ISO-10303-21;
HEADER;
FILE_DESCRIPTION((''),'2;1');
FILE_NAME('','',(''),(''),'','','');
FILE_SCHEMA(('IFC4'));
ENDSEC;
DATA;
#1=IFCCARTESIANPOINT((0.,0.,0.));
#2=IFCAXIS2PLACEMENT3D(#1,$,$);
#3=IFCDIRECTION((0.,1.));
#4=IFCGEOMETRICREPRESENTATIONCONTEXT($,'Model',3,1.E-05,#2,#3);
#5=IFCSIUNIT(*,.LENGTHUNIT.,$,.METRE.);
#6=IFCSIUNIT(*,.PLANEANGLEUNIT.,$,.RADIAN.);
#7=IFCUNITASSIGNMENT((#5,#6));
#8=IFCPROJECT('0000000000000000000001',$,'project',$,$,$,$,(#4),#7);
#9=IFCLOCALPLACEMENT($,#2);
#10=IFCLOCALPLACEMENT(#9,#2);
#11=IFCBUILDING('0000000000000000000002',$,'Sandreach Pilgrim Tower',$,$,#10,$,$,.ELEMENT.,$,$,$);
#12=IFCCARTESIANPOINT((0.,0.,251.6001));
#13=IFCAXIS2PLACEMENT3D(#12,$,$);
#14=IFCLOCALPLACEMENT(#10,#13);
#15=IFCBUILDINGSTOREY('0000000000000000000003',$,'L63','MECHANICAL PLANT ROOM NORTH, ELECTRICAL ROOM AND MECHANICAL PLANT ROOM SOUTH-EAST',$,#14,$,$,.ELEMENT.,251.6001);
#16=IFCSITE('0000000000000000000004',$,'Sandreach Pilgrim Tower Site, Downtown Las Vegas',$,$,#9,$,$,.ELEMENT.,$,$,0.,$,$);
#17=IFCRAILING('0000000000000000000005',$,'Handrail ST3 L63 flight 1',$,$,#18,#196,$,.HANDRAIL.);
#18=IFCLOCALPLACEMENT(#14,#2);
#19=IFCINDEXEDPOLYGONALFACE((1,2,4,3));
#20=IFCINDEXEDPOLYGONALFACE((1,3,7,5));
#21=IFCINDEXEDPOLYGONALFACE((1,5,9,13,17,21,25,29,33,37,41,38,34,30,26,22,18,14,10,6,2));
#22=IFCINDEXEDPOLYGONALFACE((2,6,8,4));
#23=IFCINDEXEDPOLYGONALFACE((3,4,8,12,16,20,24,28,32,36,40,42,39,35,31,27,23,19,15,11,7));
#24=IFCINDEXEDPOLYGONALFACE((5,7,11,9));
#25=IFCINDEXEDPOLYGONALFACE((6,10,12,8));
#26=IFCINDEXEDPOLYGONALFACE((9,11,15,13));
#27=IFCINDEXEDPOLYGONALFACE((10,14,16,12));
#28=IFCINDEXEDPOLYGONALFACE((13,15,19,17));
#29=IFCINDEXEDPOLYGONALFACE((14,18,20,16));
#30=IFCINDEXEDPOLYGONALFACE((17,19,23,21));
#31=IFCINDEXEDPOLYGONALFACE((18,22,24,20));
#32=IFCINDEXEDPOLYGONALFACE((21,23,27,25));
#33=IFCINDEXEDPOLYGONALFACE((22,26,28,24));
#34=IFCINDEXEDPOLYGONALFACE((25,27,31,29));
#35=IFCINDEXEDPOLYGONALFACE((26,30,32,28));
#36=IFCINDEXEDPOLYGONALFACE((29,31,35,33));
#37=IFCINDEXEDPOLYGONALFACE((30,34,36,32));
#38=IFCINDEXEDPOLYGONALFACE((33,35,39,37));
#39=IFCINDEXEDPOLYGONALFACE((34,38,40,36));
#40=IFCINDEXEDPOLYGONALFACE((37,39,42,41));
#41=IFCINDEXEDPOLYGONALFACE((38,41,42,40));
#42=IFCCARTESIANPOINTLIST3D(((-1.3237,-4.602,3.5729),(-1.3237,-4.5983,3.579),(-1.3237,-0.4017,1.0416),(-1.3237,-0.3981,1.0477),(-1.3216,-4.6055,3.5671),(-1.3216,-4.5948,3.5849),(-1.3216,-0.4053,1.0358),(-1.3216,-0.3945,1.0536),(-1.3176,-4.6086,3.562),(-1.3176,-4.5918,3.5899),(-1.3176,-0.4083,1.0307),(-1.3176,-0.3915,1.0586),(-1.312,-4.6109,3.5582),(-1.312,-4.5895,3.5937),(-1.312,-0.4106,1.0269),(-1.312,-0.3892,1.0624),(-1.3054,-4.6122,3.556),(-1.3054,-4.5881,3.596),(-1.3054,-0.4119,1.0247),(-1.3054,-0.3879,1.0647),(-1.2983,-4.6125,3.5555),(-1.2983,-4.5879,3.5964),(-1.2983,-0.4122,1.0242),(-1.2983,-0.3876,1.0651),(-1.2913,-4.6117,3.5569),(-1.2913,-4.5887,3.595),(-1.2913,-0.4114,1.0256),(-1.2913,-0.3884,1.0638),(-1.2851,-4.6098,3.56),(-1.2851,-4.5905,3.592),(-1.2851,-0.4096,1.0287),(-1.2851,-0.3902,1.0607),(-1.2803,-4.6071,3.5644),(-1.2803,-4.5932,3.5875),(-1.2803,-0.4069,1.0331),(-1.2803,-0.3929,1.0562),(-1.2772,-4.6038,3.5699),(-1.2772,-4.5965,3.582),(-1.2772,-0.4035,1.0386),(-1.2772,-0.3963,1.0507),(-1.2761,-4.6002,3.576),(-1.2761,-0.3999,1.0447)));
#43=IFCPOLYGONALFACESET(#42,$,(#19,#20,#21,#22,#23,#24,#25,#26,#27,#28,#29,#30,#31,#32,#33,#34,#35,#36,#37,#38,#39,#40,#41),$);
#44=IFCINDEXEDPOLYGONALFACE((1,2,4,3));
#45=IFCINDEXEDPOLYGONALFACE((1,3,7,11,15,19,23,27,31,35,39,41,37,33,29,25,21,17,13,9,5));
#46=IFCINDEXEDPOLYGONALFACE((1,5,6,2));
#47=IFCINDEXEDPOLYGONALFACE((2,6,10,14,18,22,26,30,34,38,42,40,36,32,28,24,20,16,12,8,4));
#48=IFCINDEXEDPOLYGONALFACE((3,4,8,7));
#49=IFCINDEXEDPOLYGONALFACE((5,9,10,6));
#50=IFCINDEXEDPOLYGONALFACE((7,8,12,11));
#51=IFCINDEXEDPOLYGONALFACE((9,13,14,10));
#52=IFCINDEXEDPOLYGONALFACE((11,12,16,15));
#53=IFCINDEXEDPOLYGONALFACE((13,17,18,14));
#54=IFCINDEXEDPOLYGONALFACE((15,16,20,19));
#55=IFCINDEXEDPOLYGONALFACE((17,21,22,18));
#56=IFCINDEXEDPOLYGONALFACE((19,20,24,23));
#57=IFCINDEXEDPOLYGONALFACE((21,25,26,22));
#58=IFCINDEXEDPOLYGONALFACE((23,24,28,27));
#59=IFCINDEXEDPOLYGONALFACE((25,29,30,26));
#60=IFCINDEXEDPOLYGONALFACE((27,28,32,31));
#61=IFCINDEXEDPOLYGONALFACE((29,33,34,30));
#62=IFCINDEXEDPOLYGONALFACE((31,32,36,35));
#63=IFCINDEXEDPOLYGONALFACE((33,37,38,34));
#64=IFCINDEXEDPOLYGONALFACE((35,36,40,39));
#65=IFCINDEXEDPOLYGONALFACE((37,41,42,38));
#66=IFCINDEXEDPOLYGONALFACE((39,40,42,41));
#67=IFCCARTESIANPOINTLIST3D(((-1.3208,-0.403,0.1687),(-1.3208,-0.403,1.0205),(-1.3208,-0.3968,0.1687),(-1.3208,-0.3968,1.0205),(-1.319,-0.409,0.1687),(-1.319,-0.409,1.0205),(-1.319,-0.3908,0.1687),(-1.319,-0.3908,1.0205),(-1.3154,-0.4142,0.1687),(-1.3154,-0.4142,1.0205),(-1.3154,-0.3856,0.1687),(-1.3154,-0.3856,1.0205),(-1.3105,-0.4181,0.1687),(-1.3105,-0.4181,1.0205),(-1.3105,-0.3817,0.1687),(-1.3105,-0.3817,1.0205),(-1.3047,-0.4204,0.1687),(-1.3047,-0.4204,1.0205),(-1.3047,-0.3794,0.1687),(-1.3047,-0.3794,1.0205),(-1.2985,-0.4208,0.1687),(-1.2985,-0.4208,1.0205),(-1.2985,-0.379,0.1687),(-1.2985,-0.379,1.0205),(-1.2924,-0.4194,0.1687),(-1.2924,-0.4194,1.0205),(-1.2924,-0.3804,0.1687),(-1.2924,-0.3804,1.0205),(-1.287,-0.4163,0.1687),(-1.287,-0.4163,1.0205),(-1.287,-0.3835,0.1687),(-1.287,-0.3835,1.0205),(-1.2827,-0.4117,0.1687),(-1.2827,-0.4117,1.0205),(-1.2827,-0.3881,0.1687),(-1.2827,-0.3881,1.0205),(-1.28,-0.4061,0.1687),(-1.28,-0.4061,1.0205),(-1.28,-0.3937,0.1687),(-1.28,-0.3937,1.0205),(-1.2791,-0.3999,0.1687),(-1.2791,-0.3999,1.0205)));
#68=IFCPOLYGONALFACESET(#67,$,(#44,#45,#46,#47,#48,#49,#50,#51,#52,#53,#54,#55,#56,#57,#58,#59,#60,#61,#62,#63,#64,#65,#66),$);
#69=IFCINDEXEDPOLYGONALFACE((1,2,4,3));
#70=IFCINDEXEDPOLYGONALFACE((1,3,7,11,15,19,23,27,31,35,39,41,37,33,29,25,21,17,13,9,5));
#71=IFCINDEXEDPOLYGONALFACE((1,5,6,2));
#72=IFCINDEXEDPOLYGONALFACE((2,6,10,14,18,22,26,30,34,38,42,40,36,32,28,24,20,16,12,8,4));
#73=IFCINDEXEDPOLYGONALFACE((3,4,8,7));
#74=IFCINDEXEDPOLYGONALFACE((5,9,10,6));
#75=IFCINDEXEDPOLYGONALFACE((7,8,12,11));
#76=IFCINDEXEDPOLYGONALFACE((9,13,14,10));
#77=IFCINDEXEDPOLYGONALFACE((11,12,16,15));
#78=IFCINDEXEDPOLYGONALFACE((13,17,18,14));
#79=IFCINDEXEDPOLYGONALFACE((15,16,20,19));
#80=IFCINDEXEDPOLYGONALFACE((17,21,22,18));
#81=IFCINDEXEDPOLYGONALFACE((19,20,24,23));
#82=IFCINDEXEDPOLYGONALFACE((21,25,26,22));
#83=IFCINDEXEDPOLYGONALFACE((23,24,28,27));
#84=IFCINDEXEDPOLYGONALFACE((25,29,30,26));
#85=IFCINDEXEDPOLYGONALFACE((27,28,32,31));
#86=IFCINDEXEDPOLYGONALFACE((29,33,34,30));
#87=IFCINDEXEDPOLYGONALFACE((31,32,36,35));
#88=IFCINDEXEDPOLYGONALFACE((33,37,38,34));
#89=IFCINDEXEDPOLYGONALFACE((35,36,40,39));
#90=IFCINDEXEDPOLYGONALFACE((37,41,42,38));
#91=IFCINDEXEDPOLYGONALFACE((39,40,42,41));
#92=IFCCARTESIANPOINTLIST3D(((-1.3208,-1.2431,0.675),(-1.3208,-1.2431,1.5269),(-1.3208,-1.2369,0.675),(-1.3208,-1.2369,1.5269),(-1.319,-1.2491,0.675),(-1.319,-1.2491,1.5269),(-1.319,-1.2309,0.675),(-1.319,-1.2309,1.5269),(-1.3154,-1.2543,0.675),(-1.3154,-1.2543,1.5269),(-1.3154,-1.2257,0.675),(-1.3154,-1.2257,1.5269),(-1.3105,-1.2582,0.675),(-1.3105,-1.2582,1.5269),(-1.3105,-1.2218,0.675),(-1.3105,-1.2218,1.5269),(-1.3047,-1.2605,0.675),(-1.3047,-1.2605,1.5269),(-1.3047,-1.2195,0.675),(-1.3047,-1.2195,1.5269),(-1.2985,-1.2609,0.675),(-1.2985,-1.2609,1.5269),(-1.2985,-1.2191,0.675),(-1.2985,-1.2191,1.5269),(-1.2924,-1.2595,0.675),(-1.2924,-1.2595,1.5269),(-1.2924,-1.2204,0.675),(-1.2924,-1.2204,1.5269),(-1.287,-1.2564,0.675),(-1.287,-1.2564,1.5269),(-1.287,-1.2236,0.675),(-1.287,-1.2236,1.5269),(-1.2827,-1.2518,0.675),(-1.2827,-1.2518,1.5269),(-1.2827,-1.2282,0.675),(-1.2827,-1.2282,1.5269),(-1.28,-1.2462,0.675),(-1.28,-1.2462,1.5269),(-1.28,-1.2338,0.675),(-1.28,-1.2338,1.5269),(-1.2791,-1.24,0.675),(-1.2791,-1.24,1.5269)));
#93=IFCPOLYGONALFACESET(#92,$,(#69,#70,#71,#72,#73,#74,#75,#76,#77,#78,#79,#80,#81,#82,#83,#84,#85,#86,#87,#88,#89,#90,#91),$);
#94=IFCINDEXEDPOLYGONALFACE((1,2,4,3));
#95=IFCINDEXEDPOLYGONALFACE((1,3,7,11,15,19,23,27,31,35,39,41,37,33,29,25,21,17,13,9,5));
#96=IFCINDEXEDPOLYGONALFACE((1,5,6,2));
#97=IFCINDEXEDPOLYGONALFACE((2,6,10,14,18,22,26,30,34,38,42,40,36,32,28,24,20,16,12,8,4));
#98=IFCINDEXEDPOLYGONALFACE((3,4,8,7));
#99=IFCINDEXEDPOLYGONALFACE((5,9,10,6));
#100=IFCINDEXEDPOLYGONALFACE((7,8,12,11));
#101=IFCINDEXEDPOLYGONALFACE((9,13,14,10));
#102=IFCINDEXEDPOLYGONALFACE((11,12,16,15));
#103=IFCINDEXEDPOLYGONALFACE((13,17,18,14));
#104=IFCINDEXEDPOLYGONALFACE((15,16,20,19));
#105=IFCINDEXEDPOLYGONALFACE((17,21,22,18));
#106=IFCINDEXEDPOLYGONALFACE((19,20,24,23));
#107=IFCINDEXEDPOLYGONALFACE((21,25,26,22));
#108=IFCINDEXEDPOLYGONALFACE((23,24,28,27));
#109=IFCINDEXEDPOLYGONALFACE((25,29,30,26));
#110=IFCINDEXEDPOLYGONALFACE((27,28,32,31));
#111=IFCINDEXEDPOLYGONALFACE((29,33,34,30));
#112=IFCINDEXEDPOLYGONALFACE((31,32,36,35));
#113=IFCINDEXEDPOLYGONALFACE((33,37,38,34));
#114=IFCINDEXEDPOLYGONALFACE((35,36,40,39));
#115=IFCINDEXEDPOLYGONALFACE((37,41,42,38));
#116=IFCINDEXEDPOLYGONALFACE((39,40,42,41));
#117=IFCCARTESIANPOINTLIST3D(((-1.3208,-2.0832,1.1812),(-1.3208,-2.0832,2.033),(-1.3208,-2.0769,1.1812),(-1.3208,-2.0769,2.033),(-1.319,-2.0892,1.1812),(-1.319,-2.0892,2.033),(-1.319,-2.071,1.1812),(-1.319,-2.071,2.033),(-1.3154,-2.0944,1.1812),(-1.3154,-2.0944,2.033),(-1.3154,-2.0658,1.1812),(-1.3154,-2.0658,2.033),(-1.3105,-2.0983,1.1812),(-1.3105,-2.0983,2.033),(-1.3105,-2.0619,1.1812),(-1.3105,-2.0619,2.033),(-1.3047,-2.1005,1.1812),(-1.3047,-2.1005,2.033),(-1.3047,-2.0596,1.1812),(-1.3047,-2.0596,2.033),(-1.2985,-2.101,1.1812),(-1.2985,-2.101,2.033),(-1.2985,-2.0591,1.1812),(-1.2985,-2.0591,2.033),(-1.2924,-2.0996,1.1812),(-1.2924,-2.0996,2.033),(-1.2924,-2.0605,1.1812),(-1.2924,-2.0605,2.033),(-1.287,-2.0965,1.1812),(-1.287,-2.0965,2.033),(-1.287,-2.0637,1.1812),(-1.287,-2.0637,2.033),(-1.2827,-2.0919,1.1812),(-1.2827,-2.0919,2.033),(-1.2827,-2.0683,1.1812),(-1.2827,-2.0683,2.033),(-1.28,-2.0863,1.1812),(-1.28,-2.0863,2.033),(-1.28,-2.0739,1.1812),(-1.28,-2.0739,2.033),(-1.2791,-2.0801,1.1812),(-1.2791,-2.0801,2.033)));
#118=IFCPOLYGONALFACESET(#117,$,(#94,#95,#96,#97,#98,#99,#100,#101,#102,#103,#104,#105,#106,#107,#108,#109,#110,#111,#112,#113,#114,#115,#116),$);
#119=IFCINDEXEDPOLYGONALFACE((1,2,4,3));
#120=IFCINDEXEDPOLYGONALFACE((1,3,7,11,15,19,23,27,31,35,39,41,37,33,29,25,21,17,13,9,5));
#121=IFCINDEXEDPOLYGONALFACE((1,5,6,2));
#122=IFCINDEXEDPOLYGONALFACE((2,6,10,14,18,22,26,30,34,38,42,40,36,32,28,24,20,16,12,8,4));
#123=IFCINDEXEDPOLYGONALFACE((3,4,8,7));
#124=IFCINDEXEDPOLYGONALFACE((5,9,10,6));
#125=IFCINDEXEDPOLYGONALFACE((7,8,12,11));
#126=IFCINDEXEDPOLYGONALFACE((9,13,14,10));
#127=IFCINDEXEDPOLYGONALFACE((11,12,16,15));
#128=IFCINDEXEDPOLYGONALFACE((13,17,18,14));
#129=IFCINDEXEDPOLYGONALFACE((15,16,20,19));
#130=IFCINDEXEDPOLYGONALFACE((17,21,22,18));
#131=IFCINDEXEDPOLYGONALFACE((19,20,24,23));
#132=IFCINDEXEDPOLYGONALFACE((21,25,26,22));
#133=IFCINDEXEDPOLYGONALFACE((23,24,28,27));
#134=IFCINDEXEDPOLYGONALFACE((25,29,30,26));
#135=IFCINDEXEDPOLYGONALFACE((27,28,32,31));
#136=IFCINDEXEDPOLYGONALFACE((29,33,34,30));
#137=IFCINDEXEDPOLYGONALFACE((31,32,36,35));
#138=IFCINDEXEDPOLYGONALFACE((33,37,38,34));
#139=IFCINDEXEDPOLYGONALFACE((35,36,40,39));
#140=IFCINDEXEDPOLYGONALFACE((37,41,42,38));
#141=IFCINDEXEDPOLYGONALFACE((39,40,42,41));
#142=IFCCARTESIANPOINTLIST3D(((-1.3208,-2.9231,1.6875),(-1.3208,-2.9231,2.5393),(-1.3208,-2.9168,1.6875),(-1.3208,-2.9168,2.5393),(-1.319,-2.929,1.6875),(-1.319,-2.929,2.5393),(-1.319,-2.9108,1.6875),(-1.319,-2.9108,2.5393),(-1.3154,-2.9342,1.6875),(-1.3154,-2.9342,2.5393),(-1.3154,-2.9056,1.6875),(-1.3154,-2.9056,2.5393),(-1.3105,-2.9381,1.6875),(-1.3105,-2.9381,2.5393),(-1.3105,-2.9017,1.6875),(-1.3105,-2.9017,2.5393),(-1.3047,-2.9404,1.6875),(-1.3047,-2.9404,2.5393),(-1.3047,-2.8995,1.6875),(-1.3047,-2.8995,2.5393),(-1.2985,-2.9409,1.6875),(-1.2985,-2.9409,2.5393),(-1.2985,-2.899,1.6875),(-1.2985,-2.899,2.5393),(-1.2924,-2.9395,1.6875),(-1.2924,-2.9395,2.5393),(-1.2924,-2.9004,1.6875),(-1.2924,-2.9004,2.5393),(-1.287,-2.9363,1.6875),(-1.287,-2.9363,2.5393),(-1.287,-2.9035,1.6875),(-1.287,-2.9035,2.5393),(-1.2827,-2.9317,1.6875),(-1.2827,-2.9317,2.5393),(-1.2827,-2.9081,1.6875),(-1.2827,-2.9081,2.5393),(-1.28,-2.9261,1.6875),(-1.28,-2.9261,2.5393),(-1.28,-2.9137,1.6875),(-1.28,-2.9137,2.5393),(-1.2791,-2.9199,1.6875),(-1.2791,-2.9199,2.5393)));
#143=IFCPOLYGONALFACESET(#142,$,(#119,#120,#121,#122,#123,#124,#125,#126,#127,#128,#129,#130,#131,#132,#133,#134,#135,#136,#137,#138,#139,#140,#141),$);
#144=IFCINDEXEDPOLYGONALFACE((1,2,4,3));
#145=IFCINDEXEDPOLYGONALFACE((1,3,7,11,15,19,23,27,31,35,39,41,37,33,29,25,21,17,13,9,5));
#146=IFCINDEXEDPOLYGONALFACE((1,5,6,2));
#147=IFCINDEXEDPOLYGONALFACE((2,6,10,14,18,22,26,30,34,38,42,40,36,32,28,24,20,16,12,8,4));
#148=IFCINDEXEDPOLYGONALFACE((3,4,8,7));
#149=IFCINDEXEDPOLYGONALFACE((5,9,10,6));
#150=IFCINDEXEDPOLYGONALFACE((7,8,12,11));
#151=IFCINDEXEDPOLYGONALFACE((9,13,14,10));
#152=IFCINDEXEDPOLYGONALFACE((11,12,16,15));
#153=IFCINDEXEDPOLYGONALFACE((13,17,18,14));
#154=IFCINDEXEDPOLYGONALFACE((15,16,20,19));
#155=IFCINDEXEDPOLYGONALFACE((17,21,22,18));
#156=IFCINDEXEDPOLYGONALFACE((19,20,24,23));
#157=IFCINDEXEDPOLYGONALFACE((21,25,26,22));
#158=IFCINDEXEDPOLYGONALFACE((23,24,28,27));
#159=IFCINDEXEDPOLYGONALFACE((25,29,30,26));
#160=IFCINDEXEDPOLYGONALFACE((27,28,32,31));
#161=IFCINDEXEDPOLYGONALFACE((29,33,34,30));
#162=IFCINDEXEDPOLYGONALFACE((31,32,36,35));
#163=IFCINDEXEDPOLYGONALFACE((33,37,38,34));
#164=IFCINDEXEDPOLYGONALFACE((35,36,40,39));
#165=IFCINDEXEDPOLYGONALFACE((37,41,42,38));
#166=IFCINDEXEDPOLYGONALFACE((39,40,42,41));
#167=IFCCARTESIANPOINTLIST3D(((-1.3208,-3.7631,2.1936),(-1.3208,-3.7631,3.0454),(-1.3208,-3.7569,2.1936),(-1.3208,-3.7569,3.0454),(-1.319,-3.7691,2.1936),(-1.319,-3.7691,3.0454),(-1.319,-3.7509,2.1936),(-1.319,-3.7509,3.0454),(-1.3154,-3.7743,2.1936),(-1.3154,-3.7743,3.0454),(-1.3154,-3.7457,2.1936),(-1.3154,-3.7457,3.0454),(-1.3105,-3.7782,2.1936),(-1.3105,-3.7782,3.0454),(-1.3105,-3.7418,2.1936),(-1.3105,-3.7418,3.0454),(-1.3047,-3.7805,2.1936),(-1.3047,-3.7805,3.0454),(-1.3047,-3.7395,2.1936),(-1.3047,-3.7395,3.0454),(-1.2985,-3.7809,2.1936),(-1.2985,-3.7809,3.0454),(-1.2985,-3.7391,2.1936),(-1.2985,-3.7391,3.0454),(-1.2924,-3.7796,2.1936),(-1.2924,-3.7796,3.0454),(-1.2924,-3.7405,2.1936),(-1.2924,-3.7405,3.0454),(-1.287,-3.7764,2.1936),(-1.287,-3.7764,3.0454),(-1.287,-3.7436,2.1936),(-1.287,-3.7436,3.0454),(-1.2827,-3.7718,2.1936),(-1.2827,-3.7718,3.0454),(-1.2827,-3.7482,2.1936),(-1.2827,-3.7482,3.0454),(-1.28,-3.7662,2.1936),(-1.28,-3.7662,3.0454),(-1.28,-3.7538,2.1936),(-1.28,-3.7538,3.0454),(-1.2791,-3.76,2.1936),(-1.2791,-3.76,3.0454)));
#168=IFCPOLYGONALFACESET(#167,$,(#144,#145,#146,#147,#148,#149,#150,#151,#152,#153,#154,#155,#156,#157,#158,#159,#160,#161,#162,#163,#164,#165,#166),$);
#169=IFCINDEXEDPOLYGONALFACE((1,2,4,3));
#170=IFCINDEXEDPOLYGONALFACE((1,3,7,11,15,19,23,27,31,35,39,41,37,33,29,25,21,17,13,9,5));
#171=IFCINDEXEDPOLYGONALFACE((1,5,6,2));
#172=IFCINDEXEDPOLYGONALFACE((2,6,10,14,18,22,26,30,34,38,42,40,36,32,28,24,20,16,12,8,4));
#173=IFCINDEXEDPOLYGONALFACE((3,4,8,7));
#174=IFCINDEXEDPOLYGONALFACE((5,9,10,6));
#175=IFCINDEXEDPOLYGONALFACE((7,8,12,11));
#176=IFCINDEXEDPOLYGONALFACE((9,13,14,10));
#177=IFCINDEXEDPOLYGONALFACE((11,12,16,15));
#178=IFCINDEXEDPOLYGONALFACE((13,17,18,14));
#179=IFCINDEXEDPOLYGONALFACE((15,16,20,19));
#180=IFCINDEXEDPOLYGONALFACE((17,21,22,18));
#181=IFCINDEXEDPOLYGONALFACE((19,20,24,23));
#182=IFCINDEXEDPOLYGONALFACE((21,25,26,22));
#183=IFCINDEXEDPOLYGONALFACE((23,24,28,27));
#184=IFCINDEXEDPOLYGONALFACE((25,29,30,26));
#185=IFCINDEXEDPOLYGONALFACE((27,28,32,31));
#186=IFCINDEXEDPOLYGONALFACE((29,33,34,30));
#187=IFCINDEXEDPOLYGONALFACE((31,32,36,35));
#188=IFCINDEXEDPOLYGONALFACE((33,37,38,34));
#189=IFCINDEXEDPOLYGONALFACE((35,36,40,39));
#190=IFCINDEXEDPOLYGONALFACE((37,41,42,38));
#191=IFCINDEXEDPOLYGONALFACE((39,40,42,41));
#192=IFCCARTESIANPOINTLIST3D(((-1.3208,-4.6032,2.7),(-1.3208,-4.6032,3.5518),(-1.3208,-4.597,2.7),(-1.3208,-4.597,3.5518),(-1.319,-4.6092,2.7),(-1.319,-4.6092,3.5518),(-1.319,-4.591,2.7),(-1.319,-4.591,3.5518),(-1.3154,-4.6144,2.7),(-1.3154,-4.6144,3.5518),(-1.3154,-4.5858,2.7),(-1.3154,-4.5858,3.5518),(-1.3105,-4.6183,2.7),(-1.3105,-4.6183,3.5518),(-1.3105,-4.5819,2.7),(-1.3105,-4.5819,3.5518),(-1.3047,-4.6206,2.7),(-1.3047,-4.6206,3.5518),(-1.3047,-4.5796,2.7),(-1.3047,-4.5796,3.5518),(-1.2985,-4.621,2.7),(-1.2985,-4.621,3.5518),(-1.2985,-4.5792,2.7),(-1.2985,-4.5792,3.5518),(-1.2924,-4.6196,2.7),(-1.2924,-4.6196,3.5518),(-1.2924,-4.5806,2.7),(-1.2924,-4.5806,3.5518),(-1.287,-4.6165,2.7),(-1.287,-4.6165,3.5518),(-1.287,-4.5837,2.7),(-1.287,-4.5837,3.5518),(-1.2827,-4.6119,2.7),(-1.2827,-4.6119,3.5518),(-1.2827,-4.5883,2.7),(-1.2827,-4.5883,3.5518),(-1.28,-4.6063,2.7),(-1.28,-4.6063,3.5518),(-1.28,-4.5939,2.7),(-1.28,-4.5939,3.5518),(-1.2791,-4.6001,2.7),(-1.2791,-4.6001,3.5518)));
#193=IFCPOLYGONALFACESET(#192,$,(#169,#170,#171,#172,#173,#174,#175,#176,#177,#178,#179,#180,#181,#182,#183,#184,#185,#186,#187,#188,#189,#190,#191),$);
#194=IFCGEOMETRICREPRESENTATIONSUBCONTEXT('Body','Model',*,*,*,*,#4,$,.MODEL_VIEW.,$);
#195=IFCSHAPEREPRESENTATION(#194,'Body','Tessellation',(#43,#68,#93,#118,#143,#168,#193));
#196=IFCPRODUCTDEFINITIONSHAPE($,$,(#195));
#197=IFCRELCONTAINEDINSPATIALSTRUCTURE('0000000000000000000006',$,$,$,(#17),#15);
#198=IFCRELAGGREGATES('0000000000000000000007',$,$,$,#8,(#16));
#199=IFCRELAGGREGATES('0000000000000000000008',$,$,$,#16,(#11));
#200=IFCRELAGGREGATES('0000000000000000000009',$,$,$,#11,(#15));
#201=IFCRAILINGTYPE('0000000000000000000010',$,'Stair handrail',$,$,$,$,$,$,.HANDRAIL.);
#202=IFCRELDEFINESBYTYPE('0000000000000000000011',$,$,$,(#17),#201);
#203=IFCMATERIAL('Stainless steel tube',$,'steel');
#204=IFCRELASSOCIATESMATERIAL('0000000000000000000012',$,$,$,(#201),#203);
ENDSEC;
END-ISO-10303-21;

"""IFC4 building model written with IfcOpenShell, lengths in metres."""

from ifc_helpers import new_model, si_unit, direction, frame, origin, origin_2d, place, context, subcontext, project, spatial, circle, extrude, material, type_object, element, save


model = new_model("IFC4")

# Units and contexts
model_context = context("Model", 3, precision=1e-05, world=origin(), true_north=direction((0.0, 1.0)))
body_context = subcontext(model_context, "Body", "Model", "MODEL_VIEW")
ifc_project = project(units=[si_unit("LENGTHUNIT", "METRE"), si_unit("PLANEANGLEUNIT", "RADIAN")], contexts=[model_context])

# Site, building, storey
site_placement = place(None, origin())
site = spatial("IfcSite", under=ifc_project, at=site_placement, Name="Sandreach Pilgrim Tower Site, Downtown Las Vegas", CompositionType="ELEMENT", RefElevation=0.0)
building_placement = place(site_placement, origin())
building = spatial("IfcBuilding", under=site, at=building_placement, Name="Sandreach Pilgrim Tower", CompositionType="ELEMENT")
storey_placement = place(building_placement, frame((0.0, 0.0, 251.6001)))
storey = spatial("IfcBuildingStorey", under=building, at=storey_placement, Name="L63", Description="MECHANICAL PLANT ROOM NORTH, ELECTRICAL ROOM AND MECHANICAL PLANT ROOM SOUTH-EAST", CompositionType="ELEMENT", Elevation=251.6001)

# Railing
ifc_material_1 = material(Name="Stainless steel tube", Category="steel")
railing_type = type_object("IfcRailingType", Name="Stair handrail", PredefinedType="HANDRAIL", material=ifc_material_1)
for number, where, name in (
    (1, (-1.3, -0.3999, 0.1687), "Handrail ST3 L63 flight 1"),
):
    element("IfcRailing", number, at=place(storey_placement, frame(where)), inside=storey, type_object=railing_type, Name=name, PredefinedType="HANDRAIL", context=body_context, shape_type="SweptSolid", body=[
        extrude(circle(Radius=0.0239, at=origin_2d()), frame((0.0, 0.0, 0.876), z_axis=(0.0, -0.85649, 0.516164), x_axis=(1.0, 0.0, 0.0)), (0.0, 0.0, 1.0), 4.9041),
        extrude(circle(Radius=0.021, at=origin_2d()), origin(), (0.0, 0.0, 1.0), 0.8518),
        extrude(circle(Radius=0.021, at=origin_2d()), frame((0.0, -0.8401, 0.5063)), (0.0, 0.0, 1.0), 0.8518),
        extrude(circle(Radius=0.021, at=origin_2d()), frame((0.0, -1.6802, 1.0125)), (0.0, 0.0, 1.0), 0.8518),
        extrude(circle(Radius=0.021, at=origin_2d()), frame((0.0, -2.52, 1.5188)), (0.0, 0.0, 1.0), 0.8518),
        extrude(circle(Radius=0.021, at=origin_2d()), frame((0.0, -3.3601, 2.0249)), (0.0, 0.0, 1.0), 0.8518),
        extrude(circle(Radius=0.021, at=origin_2d()), frame((0.0, -4.2002, 2.5312)), (0.0, 0.0, 1.0), 0.8518),
    ])

save(model, "model.ifc")
